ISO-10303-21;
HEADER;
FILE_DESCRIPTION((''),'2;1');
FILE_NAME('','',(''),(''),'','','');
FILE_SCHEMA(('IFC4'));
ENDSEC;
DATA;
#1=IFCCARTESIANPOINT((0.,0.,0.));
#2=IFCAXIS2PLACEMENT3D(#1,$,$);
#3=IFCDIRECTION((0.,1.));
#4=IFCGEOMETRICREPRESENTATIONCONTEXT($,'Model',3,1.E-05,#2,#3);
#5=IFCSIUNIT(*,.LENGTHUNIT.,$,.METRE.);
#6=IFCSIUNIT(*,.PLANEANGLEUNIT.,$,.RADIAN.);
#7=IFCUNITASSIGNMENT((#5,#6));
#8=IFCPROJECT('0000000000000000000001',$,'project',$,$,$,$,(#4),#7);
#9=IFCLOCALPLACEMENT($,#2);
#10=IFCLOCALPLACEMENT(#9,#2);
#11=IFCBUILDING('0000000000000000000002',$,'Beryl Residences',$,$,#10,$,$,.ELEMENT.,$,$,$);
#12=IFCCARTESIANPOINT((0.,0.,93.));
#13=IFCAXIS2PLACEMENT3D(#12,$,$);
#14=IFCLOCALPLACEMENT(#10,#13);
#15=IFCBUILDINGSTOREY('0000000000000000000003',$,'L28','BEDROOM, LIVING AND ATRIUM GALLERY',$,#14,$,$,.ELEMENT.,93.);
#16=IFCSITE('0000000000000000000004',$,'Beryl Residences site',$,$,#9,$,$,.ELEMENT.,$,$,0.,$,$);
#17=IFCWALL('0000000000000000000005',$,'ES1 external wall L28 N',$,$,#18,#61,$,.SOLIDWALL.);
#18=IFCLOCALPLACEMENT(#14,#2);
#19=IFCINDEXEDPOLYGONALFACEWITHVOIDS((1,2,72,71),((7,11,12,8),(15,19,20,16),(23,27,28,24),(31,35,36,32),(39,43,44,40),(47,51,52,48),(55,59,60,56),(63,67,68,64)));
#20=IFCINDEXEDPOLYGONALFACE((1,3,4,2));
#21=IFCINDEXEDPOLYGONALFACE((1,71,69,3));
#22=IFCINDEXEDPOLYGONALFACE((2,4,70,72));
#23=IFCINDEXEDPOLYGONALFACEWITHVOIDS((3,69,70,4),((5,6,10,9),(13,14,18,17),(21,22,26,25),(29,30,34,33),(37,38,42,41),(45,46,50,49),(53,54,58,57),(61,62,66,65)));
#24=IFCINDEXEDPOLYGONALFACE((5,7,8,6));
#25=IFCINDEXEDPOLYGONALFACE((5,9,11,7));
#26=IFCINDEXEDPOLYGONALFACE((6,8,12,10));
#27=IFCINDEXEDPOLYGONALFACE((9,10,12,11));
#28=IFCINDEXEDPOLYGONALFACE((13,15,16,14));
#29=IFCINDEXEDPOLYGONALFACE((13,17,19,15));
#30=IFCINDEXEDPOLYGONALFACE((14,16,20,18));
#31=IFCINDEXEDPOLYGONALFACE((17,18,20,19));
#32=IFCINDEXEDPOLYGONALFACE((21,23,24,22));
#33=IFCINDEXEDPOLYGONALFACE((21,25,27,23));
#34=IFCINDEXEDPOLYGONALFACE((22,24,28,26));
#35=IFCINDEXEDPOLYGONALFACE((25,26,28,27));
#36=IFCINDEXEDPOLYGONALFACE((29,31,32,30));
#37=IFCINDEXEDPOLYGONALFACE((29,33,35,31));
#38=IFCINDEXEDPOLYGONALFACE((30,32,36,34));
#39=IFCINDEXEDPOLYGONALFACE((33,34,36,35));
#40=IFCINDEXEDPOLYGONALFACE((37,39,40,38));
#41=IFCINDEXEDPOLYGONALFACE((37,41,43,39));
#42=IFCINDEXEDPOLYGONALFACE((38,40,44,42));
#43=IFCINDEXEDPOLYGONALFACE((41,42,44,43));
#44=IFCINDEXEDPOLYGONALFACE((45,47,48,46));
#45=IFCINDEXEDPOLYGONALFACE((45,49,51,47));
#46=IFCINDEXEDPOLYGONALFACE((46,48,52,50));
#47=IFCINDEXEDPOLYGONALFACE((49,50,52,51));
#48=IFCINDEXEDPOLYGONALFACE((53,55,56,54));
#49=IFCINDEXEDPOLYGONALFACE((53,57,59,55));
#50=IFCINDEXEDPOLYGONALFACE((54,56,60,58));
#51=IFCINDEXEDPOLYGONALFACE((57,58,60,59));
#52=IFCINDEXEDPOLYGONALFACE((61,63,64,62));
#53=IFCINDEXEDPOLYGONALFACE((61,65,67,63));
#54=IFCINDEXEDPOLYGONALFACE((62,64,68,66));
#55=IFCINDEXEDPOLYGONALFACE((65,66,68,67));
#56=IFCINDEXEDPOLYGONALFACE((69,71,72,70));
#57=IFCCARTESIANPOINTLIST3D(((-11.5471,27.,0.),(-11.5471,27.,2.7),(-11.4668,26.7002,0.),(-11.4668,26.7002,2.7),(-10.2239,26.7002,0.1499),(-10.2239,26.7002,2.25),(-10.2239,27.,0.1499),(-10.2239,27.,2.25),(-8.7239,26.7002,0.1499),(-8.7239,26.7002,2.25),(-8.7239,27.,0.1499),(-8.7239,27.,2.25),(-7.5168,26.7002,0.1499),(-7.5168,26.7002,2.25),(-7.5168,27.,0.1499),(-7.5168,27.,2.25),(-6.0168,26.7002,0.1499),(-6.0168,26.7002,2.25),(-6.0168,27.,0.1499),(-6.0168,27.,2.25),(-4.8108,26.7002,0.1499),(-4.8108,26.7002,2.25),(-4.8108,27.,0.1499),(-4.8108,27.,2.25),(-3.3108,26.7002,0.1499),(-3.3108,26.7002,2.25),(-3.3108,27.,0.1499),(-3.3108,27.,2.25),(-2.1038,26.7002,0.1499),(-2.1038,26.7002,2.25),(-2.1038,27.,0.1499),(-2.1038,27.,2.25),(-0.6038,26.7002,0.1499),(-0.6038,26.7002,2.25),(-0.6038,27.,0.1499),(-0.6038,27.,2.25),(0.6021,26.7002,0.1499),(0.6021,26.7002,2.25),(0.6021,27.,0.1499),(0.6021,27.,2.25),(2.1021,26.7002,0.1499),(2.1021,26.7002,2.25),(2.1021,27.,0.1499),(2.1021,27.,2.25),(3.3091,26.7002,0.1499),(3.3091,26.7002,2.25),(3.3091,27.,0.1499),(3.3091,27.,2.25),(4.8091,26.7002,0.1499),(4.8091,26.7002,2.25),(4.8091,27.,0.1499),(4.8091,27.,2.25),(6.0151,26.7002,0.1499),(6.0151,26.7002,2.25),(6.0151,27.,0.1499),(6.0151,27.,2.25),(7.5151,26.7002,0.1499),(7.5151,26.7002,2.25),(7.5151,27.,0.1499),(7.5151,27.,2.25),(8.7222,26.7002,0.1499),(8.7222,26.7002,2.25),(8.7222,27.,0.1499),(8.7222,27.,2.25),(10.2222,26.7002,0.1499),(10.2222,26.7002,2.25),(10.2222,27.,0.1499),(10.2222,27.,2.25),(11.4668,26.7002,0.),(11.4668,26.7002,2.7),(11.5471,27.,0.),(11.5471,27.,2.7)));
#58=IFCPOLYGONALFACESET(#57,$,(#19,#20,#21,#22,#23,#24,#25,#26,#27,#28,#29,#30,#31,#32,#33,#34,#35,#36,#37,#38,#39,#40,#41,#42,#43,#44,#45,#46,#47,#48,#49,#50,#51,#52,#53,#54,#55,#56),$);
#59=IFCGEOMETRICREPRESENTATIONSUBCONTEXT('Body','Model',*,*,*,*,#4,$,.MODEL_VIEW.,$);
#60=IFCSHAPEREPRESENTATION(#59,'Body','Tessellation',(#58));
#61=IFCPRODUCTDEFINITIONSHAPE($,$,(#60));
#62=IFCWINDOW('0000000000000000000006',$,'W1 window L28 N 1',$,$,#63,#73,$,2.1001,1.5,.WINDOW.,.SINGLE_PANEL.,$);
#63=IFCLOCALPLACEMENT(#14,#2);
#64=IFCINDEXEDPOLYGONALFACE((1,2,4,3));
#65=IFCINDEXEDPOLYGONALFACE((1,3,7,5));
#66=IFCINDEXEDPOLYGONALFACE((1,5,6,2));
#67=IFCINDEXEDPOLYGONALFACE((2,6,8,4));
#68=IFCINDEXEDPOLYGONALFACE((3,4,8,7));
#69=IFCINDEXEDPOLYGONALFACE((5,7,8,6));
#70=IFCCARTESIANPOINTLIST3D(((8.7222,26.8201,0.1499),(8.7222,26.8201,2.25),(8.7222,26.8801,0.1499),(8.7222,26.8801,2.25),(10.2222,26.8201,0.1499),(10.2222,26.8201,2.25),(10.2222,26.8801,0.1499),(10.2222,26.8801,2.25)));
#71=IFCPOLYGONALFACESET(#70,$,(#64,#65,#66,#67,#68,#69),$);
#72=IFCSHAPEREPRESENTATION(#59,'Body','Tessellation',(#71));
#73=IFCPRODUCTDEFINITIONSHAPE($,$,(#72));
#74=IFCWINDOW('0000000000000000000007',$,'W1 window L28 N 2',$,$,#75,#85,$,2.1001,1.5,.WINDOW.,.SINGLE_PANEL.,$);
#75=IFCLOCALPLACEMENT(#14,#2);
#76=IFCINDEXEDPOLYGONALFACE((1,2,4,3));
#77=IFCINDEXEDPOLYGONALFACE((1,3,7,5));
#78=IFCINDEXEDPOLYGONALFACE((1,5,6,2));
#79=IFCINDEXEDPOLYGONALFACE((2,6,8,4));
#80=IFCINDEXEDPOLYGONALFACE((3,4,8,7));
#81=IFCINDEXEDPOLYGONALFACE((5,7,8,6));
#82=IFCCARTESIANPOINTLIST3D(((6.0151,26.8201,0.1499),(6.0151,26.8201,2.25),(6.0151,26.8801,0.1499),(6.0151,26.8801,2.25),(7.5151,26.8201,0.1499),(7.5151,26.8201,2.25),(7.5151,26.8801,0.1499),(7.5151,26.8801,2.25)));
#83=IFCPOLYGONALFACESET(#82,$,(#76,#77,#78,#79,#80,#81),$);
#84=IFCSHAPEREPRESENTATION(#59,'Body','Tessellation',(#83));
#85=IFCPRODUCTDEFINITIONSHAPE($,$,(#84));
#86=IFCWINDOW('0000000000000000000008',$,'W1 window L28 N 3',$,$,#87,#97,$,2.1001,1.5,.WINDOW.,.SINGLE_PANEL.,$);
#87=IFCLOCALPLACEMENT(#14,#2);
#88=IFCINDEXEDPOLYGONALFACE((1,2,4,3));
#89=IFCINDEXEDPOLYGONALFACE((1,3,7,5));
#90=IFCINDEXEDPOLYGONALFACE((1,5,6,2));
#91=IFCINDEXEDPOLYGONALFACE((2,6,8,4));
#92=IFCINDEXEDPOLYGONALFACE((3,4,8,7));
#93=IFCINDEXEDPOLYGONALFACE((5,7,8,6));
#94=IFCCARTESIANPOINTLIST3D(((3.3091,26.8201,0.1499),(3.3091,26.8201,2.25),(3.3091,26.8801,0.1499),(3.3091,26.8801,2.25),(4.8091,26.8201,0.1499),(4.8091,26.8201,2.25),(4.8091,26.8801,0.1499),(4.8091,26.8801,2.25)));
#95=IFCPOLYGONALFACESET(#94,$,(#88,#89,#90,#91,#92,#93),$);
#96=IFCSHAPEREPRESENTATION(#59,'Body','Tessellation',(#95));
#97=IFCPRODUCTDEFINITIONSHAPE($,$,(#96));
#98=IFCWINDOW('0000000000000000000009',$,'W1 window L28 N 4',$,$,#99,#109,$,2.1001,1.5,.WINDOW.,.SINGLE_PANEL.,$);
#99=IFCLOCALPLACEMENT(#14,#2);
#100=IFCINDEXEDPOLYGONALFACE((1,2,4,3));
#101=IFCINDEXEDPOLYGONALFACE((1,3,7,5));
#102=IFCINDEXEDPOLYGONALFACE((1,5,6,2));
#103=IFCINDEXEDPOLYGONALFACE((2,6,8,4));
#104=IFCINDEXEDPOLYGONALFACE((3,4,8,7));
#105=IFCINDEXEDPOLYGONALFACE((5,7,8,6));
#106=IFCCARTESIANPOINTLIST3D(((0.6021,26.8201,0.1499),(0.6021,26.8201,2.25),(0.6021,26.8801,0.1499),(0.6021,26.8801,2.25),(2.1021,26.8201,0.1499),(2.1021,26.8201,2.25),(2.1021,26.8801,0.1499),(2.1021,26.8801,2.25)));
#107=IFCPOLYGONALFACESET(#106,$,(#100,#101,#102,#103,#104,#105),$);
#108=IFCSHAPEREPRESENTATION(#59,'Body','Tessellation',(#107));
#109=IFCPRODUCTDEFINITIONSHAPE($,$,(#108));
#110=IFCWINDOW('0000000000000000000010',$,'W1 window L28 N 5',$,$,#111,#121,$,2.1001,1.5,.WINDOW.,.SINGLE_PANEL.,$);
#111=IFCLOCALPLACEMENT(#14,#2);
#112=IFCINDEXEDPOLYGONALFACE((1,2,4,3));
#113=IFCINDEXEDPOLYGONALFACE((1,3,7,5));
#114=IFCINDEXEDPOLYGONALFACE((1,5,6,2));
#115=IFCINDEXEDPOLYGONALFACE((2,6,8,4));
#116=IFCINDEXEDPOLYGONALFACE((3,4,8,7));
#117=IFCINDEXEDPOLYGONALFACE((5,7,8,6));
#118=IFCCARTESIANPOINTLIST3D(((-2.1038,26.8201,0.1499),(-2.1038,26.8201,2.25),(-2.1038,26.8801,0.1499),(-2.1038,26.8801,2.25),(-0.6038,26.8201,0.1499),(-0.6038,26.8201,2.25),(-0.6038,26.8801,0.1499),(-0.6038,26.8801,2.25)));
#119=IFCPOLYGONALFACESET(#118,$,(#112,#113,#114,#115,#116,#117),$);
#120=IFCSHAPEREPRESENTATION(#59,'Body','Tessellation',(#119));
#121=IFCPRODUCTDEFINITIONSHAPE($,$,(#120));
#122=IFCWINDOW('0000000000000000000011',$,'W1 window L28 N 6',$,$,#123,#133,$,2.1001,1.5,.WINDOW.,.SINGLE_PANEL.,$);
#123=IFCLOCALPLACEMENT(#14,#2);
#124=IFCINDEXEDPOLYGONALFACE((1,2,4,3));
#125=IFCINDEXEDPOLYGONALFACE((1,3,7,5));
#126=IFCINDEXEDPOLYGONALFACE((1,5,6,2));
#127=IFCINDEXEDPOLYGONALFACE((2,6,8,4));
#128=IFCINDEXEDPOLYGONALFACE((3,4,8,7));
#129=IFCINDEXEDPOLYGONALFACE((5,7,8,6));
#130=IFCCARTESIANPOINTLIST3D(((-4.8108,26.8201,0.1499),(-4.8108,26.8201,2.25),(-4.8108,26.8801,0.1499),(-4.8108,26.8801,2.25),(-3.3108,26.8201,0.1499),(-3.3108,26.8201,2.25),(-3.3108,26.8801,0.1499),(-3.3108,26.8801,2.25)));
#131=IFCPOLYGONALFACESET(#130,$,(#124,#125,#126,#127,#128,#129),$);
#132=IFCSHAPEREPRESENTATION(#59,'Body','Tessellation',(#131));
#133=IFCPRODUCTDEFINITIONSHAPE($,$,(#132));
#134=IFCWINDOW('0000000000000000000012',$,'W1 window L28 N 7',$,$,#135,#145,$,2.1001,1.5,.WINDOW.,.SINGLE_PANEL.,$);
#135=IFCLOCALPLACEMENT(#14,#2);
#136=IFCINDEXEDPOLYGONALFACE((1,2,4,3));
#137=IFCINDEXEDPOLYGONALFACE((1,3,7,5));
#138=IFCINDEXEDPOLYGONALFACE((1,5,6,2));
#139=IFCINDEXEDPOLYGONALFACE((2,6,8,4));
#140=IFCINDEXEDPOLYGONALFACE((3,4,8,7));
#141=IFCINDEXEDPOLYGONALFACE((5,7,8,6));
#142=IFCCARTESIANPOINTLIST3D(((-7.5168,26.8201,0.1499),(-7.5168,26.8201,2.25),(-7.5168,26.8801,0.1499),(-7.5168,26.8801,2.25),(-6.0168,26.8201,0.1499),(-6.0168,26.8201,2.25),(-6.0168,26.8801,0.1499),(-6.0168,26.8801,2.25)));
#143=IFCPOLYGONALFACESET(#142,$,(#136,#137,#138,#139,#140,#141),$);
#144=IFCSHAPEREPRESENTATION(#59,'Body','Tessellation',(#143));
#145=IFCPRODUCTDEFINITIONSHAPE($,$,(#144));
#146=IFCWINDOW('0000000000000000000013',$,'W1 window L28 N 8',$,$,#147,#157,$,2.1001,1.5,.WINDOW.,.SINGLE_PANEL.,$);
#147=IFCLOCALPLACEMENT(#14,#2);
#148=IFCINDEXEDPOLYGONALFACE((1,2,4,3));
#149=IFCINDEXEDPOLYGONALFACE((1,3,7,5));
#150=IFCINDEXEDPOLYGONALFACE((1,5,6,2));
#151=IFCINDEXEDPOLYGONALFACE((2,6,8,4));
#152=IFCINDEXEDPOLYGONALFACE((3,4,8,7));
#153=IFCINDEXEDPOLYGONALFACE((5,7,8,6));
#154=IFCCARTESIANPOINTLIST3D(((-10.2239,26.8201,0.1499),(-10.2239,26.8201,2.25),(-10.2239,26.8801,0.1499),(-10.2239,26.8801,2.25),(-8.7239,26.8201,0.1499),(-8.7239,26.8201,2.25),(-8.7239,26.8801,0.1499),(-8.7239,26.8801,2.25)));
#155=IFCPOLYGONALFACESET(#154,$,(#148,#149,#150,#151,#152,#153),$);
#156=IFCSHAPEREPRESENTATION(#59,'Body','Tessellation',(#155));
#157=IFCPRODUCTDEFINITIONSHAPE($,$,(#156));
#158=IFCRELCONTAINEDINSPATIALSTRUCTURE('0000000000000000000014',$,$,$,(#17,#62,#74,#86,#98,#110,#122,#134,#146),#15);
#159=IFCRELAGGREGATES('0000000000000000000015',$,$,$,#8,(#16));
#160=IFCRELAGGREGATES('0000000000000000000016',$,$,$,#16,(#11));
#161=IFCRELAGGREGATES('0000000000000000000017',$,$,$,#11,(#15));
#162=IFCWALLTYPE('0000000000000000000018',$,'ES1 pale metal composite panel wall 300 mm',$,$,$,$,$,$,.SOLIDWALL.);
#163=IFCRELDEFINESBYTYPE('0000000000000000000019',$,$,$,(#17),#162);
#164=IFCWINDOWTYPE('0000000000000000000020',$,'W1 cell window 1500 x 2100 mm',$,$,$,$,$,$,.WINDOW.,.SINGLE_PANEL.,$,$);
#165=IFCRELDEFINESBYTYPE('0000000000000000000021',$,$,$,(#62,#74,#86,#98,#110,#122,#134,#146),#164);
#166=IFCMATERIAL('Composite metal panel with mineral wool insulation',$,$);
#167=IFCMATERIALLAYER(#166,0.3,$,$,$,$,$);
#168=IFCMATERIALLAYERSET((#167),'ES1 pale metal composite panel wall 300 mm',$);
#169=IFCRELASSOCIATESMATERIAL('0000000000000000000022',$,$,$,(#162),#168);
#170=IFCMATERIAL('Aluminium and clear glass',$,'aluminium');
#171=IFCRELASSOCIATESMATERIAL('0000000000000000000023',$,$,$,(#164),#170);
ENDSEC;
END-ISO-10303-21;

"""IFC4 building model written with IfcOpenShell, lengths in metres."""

from ifc_helpers import new_model, si_unit, direction, frame, frame_2d, origin, place, context, subcontext, project, spatial, polyline, rectangle, outline, extrude, material, layer, layer_set, type_object, element, fill, save


model = new_model("IFC4")

# Units and contexts
model_context = context("Model", 3, precision=1e-05, world=origin(), true_north=direction((0.0, 1.0)))
body_context = subcontext(model_context, "Body", "Model", "MODEL_VIEW")
ifc_project = project(units=[si_unit("LENGTHUNIT", "METRE"), si_unit("PLANEANGLEUNIT", "RADIAN")], contexts=[model_context])

# Site, building, storey
site_placement = place(None, origin())
site = spatial("IfcSite", under=ifc_project, at=site_placement, Name="Beryl Residences site", CompositionType="ELEMENT", RefElevation=0.0)
building_placement = place(site_placement, origin())
building = spatial("IfcBuilding", under=site, at=building_placement, Name="Beryl Residences", CompositionType="ELEMENT")
storey_placement = place(building_placement, frame((0.0, 0.0, 93.0)))
storey = spatial("IfcBuildingStorey", under=building, at=storey_placement, Name="L28", Description="BEDROOM, LIVING AND ATRIUM GALLERY", CompositionType="ELEMENT", Elevation=93.0)

# Wall, openings, windows
ifc_material_1 = material(Name="Composite metal panel with mineral wool insulation")
ifc_layer = layer(ifc_material_1, 0.3)
ifc_layer_set = layer_set([ifc_layer], Name="ES1 pale metal composite panel wall 300 mm")
wall_type = type_object("IfcWallType", Name="ES1 pale metal composite panel wall 300 mm", PredefinedType="SOLIDWALL", material=ifc_layer_set)
wall_1_placement = place(storey_placement, frame((11.5471, 26.8501, 0.0), z_axis=(0.0, 0.0, 1.0), x_axis=(-1.0, 0.0, 0.0)))
wall_1 = element("IfcWall", 1, at=wall_1_placement, inside=storey, type_object=wall_type, Name="ES1 external wall L28 N", PredefinedType="SOLIDWALL", context=body_context, shape_type="SweptSolid", body=[
    extrude(outline(polyline([(0.0, -0.1499), (23.0942, -0.1499), (23.0139, 0.1499), (0.0803, 0.1499), (0.0, -0.1499)])), origin(), (0.0, 0.0, 1.0), 2.7),
])
opening_1_placement = place(wall_1_placement, frame((1.325, 0.0, 0.1499)))
opening_1 = element("IfcOpeningElement", 2, at=opening_1_placement, cuts=wall_1, PredefinedType="OPENING", context=body_context, shape_type="SweptSolid", body=[
    extrude(rectangle(XDim=1.5, YDim=2.1001, at=frame_2d((0.75, 1.05))), frame((0.0, 0.1599, 0.0), z_axis=(0.0, -1.0, 0.0), x_axis=(1.0, 0.0, 0.0)), (0.0, 0.0, 1.0), 0.3201),
])
opening_2_placement = place(wall_1_placement, frame((4.032, 0.0, 0.1499)))
opening_2 = element("IfcOpeningElement", 3, at=opening_2_placement, cuts=wall_1, PredefinedType="OPENING", context=body_context, shape_type="SweptSolid", body=[
    extrude(rectangle(XDim=1.5, YDim=2.1001, at=frame_2d((0.75, 1.05))), frame((0.0, 0.1599, 0.0), z_axis=(0.0, -1.0, 0.0), x_axis=(1.0, 0.0, 0.0)), (0.0, 0.0, 1.0), 0.3201),
])
opening_3_placement = place(wall_1_placement, frame((6.738, 0.0, 0.1499)))
opening_3 = element("IfcOpeningElement", 4, at=opening_3_placement, cuts=wall_1, PredefinedType="OPENING", context=body_context, shape_type="SweptSolid", body=[
    extrude(rectangle(XDim=1.5, YDim=2.1001, at=frame_2d((0.75, 1.05))), frame((0.0, 0.1599, 0.0), z_axis=(0.0, -1.0, 0.0), x_axis=(1.0, 0.0, 0.0)), (0.0, 0.0, 1.0), 0.3201),
])
opening_4_placement = place(wall_1_placement, frame((9.4451, 0.0, 0.1499)))
opening_4 = element("IfcOpeningElement", 5, at=opening_4_placement, cuts=wall_1, PredefinedType="OPENING", context=body_context, shape_type="SweptSolid", body=[
    extrude(rectangle(XDim=1.5, YDim=2.1001, at=frame_2d((0.75, 1.05))), frame((0.0, 0.1599, 0.0), z_axis=(0.0, -1.0, 0.0), x_axis=(1.0, 0.0, 0.0)), (0.0, 0.0, 1.0), 0.3201),
])
opening_5_placement = place(wall_1_placement, frame((12.1509, 0.0, 0.1499)))
opening_5 = element("IfcOpeningElement", 6, at=opening_5_placement, cuts=wall_1, PredefinedType="OPENING", context=body_context, shape_type="SweptSolid", body=[
    extrude(rectangle(XDim=1.5, YDim=2.1001, at=frame_2d((0.75, 1.05))), frame((0.0, 0.1599, 0.0), z_axis=(0.0, -1.0, 0.0), x_axis=(1.0, 0.0, 0.0)), (0.0, 0.0, 1.0), 0.3201),
])
opening_6_placement = place(wall_1_placement, frame((14.8579, 0.0, 0.1499)))
opening_6 = element("IfcOpeningElement", 7, at=opening_6_placement, cuts=wall_1, PredefinedType="OPENING", context=body_context, shape_type="SweptSolid", body=[
    extrude(rectangle(XDim=1.5, YDim=2.1001, at=frame_2d((0.75, 1.05))), frame((0.0, 0.1599, 0.0), z_axis=(0.0, -1.0, 0.0), x_axis=(1.0, 0.0, 0.0)), (0.0, 0.0, 1.0), 0.3201),
])
opening_7_placement = place(wall_1_placement, frame((17.564, 0.0, 0.1499)))
opening_7 = element("IfcOpeningElement", 8, at=opening_7_placement, cuts=wall_1, PredefinedType="OPENING", context=body_context, shape_type="SweptSolid", body=[
    extrude(rectangle(XDim=1.5, YDim=2.1001, at=frame_2d((0.75, 1.05))), frame((0.0, 0.1599, 0.0), z_axis=(0.0, -1.0, 0.0), x_axis=(1.0, 0.0, 0.0)), (0.0, 0.0, 1.0), 0.3201),
])
opening_8_placement = place(wall_1_placement, frame((20.271, 0.0, 0.1499)))
opening_8 = element("IfcOpeningElement", 9, at=opening_8_placement, cuts=wall_1, PredefinedType="OPENING", context=body_context, shape_type="SweptSolid", body=[
    extrude(rectangle(XDim=1.5, YDim=2.1001, at=frame_2d((0.75, 1.05))), frame((0.0, 0.1599, 0.0), z_axis=(0.0, -1.0, 0.0), x_axis=(1.0, 0.0, 0.0)), (0.0, 0.0, 1.0), 0.3201),
])
ifc_material_2 = material(Name="Aluminium and clear glass", Category="aluminium")
window_type_1 = type_object("IfcWindowType", Name="W1 cell window 1500 x 2100 mm", PartitioningType="SINGLE_PANEL", PredefinedType="WINDOW", material=ifc_material_2)
window_1_placement = place(opening_1_placement, origin())
window_1 = element("IfcWindow", 10, at=window_1_placement, inside=storey, type_object=window_type_1, Name="W1 window L28 N 1", OverallHeight=2.1001, OverallWidth=1.5, PartitioningType="SINGLE_PANEL", PredefinedType="WINDOW", context=body_context, shape_type="SweptSolid", body=[
    extrude(rectangle(XDim=1.5, YDim=2.1001, at=frame_2d((0.75, 1.05))), frame((0.0, 0.03, 0.0), z_axis=(0.0, -1.0, 0.0), x_axis=(1.0, 0.0, 0.0)), (0.0, 0.0, 1.0), 0.0601),
])
fill(opening_1, window_1)
window_2_placement = place(opening_2_placement, origin())
window_2 = element("IfcWindow", 11, at=window_2_placement, inside=storey, type_object=window_type_1, Name="W1 window L28 N 2", OverallHeight=2.1001, OverallWidth=1.5, PartitioningType="SINGLE_PANEL", PredefinedType="WINDOW", context=body_context, shape_type="SweptSolid", body=[
    extrude(rectangle(XDim=1.5, YDim=2.1001, at=frame_2d((0.75, 1.05))), frame((0.0, 0.03, 0.0), z_axis=(0.0, -1.0, 0.0), x_axis=(1.0, 0.0, 0.0)), (0.0, 0.0, 1.0), 0.0601),
])
fill(opening_2, window_2)
window_3_placement = place(opening_3_placement, origin())
window_3 = element("IfcWindow", 12, at=window_3_placement, inside=storey, type_object=window_type_1, Name="W1 window L28 N 3", OverallHeight=2.1001, OverallWidth=1.5, PartitioningType="SINGLE_PANEL", PredefinedType="WINDOW", context=body_context, shape_type="SweptSolid", body=[
    extrude(rectangle(XDim=1.5, YDim=2.1001, at=frame_2d((0.75, 1.05))), frame((0.0, 0.03, 0.0), z_axis=(0.0, -1.0, 0.0), x_axis=(1.0, 0.0, 0.0)), (0.0, 0.0, 1.0), 0.0601),
])
fill(opening_3, window_3)
window_4_placement = place(opening_4_placement, origin())
window_4 = element("IfcWindow", 13, at=window_4_placement, inside=storey, type_object=window_type_1, Name="W1 window L28 N 4", OverallHeight=2.1001, OverallWidth=1.5, PartitioningType="SINGLE_PANEL", PredefinedType="WINDOW", context=body_context, shape_type="SweptSolid", body=[
    extrude(rectangle(XDim=1.5, YDim=2.1001, at=frame_2d((0.75, 1.05))), frame((0.0, 0.03, 0.0), z_axis=(0.0, -1.0, 0.0), x_axis=(1.0, 0.0, 0.0)), (0.0, 0.0, 1.0), 0.0601),
])
fill(opening_4, window_4)
window_5_placement = place(opening_5_placement, origin())
window_5 = element("IfcWindow", 14, at=window_5_placement, inside=storey, type_object=window_type_1, Name="W1 window L28 N 5", OverallHeight=2.1001, OverallWidth=1.5, PartitioningType="SINGLE_PANEL", PredefinedType="WINDOW", context=body_context, shape_type="SweptSolid", body=[
    extrude(rectangle(XDim=1.5, YDim=2.1001, at=frame_2d((0.75, 1.05))), frame((0.0, 0.03, 0.0), z_axis=(0.0, -1.0, 0.0), x_axis=(1.0, 0.0, 0.0)), (0.0, 0.0, 1.0), 0.0601),
])
fill(opening_5, window_5)
window_6_placement = place(opening_6_placement, origin())
window_6 = element("IfcWindow", 15, at=window_6_placement, inside=storey, type_object=window_type_1, Name="W1 window L28 N 6", OverallHeight=2.1001, OverallWidth=1.5, PartitioningType="SINGLE_PANEL", PredefinedType="WINDOW", context=body_context, shape_type="SweptSolid", body=[
    extrude(rectangle(XDim=1.5, YDim=2.1001, at=frame_2d((0.75, 1.05))), frame((0.0, 0.03, 0.0), z_axis=(0.0, -1.0, 0.0), x_axis=(1.0, 0.0, 0.0)), (0.0, 0.0, 1.0), 0.0601),
])
fill(opening_6, window_6)
window_7_placement = place(opening_7_placement, origin())
window_7 = element("IfcWindow", 16, at=window_7_placement, inside=storey, type_object=window_type_1, Name="W1 window L28 N 7", OverallHeight=2.1001, OverallWidth=1.5, PartitioningType="SINGLE_PANEL", PredefinedType="WINDOW", context=body_context, shape_type="SweptSolid", body=[
    extrude(rectangle(XDim=1.5, YDim=2.1001, at=frame_2d((0.75, 1.05))), frame((0.0, 0.03, 0.0), z_axis=(0.0, -1.0, 0.0), x_axis=(1.0, 0.0, 0.0)), (0.0, 0.0, 1.0), 0.0601),
])
fill(opening_7, window_7)
window_8_placement = place(opening_8_placement, origin())
window_8 = element("IfcWindow", 17, at=window_8_placement, inside=storey, type_object=window_type_1, Name="W1 window L28 N 8", OverallHeight=2.1001, OverallWidth=1.5, PartitioningType="SINGLE_PANEL", PredefinedType="WINDOW", context=body_context, shape_type="SweptSolid", body=[
    extrude(rectangle(XDim=1.5, YDim=2.1001, at=frame_2d((0.75, 1.05))), frame((0.0, 0.03, 0.0), z_axis=(0.0, -1.0, 0.0), x_axis=(1.0, 0.0, 0.0)), (0.0, 0.0, 1.0), 0.0601),
])
fill(opening_8, window_8)

save(model, "model.ifc")
